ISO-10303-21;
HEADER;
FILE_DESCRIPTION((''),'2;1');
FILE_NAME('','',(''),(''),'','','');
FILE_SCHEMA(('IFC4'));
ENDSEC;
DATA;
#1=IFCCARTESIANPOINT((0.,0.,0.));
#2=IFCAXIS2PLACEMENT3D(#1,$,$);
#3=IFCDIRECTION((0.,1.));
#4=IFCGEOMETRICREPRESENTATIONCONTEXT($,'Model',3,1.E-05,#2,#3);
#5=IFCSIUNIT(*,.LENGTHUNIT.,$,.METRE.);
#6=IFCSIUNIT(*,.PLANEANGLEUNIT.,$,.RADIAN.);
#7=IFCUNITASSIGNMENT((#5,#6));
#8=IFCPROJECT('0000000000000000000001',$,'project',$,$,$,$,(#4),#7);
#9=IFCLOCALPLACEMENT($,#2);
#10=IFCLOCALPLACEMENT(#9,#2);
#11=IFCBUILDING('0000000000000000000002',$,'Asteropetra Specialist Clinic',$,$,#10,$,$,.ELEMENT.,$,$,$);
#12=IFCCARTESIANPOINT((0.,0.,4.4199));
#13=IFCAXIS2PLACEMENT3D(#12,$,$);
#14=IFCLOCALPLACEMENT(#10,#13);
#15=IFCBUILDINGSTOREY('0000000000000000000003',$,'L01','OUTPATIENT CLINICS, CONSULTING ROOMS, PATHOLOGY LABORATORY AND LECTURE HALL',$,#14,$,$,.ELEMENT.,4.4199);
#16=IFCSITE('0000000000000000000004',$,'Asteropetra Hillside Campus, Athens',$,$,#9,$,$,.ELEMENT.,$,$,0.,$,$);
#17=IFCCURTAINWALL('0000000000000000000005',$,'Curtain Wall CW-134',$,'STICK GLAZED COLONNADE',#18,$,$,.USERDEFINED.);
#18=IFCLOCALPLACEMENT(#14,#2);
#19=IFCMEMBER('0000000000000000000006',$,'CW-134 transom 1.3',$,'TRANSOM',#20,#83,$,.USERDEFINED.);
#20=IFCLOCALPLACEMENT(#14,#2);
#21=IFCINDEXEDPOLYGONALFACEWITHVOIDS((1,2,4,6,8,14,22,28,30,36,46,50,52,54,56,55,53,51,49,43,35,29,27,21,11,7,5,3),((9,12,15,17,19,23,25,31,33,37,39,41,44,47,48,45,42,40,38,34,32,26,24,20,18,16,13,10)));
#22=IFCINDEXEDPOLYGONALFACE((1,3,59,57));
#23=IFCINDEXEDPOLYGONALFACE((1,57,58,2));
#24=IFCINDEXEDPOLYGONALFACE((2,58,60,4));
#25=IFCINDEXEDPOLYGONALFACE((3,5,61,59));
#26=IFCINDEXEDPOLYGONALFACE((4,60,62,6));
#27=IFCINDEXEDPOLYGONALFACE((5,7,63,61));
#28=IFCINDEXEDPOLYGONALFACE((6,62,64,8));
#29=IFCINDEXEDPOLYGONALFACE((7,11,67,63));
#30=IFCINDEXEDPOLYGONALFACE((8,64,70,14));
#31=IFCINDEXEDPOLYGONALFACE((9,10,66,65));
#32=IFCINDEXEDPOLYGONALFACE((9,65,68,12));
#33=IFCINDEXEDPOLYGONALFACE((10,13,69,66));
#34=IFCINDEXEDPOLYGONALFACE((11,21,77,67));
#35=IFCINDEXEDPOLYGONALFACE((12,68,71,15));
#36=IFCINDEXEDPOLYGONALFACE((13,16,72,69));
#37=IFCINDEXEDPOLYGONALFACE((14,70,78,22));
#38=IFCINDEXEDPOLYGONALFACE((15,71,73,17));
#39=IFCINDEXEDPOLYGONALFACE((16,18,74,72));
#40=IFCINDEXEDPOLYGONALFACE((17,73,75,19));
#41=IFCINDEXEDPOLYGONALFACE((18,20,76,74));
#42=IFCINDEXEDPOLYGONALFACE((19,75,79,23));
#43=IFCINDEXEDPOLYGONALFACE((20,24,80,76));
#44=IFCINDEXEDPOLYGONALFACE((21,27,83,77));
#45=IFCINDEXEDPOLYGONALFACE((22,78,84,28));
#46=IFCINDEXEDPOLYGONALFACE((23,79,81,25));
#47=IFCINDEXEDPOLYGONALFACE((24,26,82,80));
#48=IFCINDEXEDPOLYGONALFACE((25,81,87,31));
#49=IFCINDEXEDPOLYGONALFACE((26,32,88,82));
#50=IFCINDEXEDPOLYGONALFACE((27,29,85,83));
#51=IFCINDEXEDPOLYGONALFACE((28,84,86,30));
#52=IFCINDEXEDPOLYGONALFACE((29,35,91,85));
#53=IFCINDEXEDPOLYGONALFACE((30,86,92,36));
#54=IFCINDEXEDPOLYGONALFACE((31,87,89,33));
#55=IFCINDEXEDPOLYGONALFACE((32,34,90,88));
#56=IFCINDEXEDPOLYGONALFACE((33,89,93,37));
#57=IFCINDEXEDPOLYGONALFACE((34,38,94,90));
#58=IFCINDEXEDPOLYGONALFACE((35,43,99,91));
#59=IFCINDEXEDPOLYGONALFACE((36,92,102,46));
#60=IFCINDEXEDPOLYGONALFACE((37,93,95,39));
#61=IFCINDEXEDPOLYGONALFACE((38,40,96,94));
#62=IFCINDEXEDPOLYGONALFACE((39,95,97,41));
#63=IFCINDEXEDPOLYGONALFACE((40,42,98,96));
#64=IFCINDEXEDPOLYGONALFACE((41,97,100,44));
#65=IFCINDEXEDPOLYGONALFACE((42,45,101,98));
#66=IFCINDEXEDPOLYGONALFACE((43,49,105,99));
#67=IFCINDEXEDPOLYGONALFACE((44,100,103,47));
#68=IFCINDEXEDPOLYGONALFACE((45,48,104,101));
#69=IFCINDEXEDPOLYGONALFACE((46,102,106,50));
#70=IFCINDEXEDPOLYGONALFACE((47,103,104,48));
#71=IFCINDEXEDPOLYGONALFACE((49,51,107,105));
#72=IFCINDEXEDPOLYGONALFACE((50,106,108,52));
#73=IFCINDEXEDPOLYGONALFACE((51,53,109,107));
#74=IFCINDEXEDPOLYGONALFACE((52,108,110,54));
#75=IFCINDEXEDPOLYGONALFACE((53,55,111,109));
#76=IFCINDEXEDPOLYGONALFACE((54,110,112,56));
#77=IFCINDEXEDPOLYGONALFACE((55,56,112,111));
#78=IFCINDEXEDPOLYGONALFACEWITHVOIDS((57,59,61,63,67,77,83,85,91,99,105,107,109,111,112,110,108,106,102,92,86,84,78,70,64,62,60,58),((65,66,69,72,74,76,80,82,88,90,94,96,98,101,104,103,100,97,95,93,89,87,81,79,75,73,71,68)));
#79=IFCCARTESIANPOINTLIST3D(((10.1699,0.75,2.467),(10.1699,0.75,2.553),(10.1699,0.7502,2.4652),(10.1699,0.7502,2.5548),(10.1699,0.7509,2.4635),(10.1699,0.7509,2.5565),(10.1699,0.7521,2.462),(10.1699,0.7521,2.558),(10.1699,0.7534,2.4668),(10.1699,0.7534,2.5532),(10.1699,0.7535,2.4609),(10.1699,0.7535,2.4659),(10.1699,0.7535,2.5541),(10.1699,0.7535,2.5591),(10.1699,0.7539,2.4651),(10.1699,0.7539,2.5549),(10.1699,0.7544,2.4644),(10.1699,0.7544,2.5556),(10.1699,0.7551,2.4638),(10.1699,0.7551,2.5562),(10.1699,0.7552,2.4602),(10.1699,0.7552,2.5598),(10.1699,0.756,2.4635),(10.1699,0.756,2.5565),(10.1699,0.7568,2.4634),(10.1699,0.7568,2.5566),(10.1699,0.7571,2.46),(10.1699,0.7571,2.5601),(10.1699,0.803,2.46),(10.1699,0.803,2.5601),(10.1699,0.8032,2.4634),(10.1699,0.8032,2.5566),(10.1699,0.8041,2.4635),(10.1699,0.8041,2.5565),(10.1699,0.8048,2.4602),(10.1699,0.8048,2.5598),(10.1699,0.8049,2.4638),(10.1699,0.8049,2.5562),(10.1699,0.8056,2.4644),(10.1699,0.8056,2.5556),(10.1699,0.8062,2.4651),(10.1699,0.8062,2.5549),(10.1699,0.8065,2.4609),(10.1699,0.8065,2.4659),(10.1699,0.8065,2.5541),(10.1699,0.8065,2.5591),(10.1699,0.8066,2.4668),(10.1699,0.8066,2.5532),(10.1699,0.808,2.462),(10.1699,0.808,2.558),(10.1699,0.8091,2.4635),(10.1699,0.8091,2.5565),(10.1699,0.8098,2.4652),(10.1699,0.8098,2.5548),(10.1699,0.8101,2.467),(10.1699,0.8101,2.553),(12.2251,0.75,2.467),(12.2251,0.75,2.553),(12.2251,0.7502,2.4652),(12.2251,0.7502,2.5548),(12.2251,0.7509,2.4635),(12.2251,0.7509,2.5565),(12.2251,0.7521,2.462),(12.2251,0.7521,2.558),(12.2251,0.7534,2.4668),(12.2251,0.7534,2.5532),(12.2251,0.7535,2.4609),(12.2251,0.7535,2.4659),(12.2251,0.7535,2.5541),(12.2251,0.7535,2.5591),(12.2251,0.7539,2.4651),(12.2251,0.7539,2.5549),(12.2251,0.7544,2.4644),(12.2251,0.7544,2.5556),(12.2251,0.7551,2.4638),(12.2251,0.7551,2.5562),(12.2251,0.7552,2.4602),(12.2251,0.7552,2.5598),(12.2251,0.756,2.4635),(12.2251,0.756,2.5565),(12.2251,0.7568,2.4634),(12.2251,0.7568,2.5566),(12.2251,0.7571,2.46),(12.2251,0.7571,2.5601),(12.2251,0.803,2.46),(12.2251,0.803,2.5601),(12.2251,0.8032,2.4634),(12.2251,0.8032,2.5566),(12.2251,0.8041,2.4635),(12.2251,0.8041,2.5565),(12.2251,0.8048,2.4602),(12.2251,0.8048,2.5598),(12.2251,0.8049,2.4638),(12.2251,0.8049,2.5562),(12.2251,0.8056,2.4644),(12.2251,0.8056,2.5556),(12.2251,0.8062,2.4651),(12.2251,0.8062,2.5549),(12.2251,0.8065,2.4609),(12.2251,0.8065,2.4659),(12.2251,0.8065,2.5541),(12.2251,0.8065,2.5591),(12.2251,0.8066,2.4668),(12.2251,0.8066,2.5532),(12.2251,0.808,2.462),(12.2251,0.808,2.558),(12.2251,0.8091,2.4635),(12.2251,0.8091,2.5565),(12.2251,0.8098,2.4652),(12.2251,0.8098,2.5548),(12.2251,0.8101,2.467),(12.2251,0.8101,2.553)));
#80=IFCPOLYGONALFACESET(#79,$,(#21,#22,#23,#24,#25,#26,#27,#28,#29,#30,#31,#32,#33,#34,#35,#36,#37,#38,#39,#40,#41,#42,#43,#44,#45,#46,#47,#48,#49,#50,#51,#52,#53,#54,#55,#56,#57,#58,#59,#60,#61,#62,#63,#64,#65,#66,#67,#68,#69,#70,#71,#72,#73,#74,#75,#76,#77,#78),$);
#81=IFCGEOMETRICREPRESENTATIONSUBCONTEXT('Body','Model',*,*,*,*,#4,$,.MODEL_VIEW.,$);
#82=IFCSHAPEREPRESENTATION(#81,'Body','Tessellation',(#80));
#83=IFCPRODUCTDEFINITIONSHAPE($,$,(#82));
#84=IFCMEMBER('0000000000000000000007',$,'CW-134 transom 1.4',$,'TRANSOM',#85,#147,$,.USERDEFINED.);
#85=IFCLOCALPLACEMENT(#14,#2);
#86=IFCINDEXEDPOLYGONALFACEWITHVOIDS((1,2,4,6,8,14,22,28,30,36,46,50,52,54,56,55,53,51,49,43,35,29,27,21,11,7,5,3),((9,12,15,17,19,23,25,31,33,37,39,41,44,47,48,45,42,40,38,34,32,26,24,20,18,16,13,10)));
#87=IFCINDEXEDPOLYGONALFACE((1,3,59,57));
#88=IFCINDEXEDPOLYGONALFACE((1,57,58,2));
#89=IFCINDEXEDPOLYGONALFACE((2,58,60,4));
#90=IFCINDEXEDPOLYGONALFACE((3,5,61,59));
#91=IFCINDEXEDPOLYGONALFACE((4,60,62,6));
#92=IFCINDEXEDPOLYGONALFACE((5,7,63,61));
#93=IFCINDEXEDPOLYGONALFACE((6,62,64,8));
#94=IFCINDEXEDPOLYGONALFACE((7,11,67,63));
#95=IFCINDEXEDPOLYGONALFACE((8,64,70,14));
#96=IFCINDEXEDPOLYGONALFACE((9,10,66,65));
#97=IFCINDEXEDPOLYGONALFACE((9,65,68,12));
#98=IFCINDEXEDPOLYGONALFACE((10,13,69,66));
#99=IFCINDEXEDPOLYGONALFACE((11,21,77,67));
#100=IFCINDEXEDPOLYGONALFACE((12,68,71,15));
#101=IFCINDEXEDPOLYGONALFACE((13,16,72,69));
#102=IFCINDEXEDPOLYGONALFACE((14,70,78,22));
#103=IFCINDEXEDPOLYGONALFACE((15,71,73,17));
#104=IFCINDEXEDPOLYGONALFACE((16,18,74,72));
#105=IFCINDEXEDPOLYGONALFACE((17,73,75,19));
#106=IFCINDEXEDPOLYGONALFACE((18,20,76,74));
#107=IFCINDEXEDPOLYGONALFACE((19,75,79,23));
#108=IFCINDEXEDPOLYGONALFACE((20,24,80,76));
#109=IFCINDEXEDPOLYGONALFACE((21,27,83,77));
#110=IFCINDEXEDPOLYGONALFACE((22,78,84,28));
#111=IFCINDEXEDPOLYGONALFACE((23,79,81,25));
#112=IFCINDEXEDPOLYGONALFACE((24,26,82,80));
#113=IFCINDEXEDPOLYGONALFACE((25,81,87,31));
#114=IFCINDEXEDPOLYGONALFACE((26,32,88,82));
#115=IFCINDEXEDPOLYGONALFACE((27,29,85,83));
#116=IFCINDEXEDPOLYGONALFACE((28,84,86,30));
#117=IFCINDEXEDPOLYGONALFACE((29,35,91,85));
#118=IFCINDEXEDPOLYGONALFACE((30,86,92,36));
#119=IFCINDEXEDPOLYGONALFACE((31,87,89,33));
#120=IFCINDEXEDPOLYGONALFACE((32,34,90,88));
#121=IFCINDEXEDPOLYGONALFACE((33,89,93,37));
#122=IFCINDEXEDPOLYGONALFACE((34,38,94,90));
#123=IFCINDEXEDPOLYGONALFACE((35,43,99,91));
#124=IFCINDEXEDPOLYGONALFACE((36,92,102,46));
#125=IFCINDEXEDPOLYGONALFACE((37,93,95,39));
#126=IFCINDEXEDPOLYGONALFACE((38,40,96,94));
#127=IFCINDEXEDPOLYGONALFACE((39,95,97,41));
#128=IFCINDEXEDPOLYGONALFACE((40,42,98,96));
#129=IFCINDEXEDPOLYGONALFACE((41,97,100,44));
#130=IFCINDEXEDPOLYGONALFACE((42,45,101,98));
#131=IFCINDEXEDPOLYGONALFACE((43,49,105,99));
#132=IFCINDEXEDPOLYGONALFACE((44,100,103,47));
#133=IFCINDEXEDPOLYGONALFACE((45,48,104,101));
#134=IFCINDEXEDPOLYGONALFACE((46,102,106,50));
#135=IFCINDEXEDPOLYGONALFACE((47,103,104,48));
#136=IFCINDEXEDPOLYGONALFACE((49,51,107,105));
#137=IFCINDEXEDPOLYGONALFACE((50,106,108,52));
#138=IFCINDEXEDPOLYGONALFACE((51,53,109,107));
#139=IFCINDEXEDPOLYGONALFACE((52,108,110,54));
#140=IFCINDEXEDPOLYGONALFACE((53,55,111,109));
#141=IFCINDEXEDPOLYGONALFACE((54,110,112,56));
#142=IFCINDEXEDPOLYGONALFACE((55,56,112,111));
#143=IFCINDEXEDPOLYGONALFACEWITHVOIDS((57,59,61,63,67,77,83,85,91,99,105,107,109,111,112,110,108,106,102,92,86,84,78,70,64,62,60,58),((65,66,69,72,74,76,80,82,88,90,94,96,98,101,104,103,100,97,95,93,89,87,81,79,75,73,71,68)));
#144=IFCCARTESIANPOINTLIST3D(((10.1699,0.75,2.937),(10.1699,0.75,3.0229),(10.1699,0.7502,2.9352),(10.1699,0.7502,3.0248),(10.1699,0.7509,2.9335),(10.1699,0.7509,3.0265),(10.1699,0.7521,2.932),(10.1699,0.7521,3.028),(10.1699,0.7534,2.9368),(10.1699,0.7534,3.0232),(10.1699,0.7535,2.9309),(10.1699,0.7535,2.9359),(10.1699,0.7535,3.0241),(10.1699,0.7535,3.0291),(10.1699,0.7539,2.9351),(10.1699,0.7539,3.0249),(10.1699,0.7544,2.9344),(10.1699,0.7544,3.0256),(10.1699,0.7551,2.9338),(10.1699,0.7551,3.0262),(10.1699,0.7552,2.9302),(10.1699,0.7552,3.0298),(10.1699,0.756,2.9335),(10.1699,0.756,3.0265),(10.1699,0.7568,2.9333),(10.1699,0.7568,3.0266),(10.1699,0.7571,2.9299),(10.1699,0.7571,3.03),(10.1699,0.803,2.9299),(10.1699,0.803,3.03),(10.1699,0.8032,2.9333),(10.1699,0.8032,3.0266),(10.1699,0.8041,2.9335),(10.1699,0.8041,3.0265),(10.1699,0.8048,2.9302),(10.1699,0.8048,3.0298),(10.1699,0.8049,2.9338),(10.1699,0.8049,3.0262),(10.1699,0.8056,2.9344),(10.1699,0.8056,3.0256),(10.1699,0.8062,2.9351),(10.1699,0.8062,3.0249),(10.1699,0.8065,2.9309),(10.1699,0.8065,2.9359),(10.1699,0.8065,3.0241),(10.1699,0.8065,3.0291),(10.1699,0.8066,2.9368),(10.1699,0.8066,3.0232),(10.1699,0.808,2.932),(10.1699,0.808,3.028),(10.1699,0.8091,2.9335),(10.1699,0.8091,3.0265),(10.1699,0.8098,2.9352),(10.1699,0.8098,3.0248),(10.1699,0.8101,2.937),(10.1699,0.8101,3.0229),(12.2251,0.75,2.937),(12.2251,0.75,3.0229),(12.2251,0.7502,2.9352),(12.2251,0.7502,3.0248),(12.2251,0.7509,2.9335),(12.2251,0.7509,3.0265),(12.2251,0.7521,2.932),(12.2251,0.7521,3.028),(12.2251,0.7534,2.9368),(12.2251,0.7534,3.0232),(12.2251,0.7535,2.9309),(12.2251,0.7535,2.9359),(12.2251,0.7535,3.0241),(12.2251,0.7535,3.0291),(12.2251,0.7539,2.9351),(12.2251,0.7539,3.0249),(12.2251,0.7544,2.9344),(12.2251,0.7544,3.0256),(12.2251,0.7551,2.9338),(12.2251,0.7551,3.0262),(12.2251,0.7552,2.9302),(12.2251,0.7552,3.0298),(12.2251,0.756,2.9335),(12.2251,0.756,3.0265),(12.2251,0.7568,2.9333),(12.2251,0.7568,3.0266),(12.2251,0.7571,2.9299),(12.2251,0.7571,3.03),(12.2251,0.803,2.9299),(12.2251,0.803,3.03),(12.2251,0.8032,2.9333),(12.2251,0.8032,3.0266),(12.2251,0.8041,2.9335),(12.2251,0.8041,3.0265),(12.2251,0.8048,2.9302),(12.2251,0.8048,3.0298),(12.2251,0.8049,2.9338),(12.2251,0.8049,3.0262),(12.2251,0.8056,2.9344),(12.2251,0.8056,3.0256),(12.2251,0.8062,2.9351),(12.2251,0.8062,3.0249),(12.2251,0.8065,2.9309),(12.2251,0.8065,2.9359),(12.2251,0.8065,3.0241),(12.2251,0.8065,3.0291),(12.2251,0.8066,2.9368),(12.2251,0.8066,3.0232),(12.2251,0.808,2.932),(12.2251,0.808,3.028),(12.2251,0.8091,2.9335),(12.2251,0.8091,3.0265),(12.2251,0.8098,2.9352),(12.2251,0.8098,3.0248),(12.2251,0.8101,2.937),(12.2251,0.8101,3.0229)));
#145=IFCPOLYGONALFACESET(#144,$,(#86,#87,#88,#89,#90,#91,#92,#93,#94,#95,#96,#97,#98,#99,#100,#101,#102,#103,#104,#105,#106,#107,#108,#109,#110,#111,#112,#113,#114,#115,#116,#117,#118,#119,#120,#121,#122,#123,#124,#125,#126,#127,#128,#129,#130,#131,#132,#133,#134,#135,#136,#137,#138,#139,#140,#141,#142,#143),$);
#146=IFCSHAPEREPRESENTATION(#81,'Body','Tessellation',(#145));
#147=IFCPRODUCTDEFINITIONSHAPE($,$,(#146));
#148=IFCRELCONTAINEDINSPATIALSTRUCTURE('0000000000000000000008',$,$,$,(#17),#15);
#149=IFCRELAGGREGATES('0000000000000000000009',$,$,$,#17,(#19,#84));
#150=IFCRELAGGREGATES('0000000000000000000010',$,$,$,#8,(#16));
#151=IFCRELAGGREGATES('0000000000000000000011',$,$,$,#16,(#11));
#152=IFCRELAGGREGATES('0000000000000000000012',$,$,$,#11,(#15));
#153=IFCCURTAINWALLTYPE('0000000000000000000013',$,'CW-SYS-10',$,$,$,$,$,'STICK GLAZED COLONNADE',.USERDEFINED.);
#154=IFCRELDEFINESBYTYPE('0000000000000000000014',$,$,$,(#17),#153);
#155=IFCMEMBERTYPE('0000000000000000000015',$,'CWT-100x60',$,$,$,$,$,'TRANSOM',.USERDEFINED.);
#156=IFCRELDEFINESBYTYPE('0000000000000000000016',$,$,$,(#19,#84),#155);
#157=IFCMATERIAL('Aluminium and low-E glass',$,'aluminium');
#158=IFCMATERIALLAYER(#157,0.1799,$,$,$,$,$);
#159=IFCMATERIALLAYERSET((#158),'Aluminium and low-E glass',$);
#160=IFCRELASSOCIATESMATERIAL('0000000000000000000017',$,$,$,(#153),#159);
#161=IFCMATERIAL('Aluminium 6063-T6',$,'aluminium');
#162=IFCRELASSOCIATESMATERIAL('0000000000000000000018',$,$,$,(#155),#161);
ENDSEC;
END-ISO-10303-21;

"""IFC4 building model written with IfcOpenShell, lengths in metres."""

from ifc_helpers import new_model, si_unit, direction, frame, origin, origin_2d, place, context, subcontext, project, spatial, hollow_rectangle, extrude, material, layer, layer_set, material_profile, profile_set, type_object, element, aggregate, save


model = new_model("IFC4")

# Units and contexts
model_context = context("Model", 3, precision=1e-05, world=origin(), true_north=direction((0.0, 1.0)))
body_context = subcontext(model_context, "Body", "Model", "MODEL_VIEW")
ifc_project = project(units=[si_unit("LENGTHUNIT", "METRE"), si_unit("PLANEANGLEUNIT", "RADIAN")], contexts=[model_context])

# Site, building, storey
site_placement = place(None, origin())
site = spatial("IfcSite", under=ifc_project, at=site_placement, Name="Asteropetra Hillside Campus, Athens", CompositionType="ELEMENT", RefElevation=0.0)
building_placement = place(site_placement, origin())
building = spatial("IfcBuilding", under=site, at=building_placement, Name="Asteropetra Specialist Clinic", CompositionType="ELEMENT")
storey_placement = place(building_placement, frame((0.0, 0.0, 4.4199)))
storey = spatial("IfcBuildingStorey", under=building, at=storey_placement, Name="L01", Description="OUTPATIENT CLINICS, CONSULTING ROOMS, PATHOLOGY LABORATORY AND LECTURE HALL", CompositionType="ELEMENT", Elevation=4.4199)

# Curtain wall
ifc_material_1 = material(Name="Aluminium and low-E glass", Category="aluminium")
ifc_layer_1 = layer(ifc_material_1, 0.1799)
ifc_layer_set_1 = layer_set([ifc_layer_1], Name="Aluminium and low-E glass")
curtain_wall_type_1 = type_object("IfcCurtainWallType", Name="CW-SYS-10", ElementType="STICK GLAZED COLONNADE", PredefinedType="USERDEFINED", material=ifc_layer_set_1)
curtain_wall_1_placement = place(storey_placement, origin())
curtain_wall_1 = element("IfcCurtainWall", 1, at=curtain_wall_1_placement, inside=storey, type_object=curtain_wall_type_1, Name="Curtain Wall CW-134", ObjectType="STICK GLAZED COLONNADE", PredefinedType="USERDEFINED")

# Members
ifc_material_2 = material(Name="Aluminium 6063-T6", Category="aluminium")
ifc_material_profile_1 = material_profile(ifc_material_2, hollow_rectangle(XDim=0.0601, YDim=0.1001, WallThickness=0.0034, InnerFilletRadius=0.0034, OuterFilletRadius=0.0071, at=origin_2d()), Name="TRN 100x60x3.5")
ifc_profile_set_1 = profile_set([ifc_material_profile_1], Name="Aluminium 6063-T6")
member_type_1 = type_object("IfcMemberType", Name="CWT-100x60", ElementType="TRANSOM", PredefinedType="USERDEFINED", material=ifc_profile_set_1)
member_1_placement = place(storey_placement, frame((10.1699, 0.78, 2.51), z_axis=(1.0, 0.0, 0.0), x_axis=(0.0, 1.0, 0.0)))
member_1 = element("IfcMember", 2, at=member_1_placement, type_object=member_type_1, Name="CW-134 transom 1.3", ObjectType="TRANSOM", PredefinedType="USERDEFINED", context=body_context, shape_type="SweptSolid", body=[
    extrude(hollow_rectangle(XDim=0.0601, YDim=0.1001, WallThickness=0.0034, InnerFilletRadius=0.0034, OuterFilletRadius=0.0071, at=origin_2d()), origin(), (0.0, 0.0, 1.0), 2.0552),
])
member_2_placement = place(storey_placement, frame((10.1699, 0.78, 2.98), z_axis=(1.0, 0.0, 0.0), x_axis=(0.0, 1.0, 0.0)))
member_2 = element("IfcMember", 3, at=member_2_placement, type_object=member_type_1, Name="CW-134 transom 1.4", ObjectType="TRANSOM", PredefinedType="USERDEFINED", context=body_context, shape_type="SweptSolid", body=[
    extrude(hollow_rectangle(XDim=0.0601, YDim=0.1001, WallThickness=0.0034, InnerFilletRadius=0.0034, OuterFilletRadius=0.0071, at=origin_2d()), origin(), (0.0, 0.0, 1.0), 2.0552),
])

aggregate(curtain_wall_1, [member_1, member_2])

save(model, "model.ifc")
